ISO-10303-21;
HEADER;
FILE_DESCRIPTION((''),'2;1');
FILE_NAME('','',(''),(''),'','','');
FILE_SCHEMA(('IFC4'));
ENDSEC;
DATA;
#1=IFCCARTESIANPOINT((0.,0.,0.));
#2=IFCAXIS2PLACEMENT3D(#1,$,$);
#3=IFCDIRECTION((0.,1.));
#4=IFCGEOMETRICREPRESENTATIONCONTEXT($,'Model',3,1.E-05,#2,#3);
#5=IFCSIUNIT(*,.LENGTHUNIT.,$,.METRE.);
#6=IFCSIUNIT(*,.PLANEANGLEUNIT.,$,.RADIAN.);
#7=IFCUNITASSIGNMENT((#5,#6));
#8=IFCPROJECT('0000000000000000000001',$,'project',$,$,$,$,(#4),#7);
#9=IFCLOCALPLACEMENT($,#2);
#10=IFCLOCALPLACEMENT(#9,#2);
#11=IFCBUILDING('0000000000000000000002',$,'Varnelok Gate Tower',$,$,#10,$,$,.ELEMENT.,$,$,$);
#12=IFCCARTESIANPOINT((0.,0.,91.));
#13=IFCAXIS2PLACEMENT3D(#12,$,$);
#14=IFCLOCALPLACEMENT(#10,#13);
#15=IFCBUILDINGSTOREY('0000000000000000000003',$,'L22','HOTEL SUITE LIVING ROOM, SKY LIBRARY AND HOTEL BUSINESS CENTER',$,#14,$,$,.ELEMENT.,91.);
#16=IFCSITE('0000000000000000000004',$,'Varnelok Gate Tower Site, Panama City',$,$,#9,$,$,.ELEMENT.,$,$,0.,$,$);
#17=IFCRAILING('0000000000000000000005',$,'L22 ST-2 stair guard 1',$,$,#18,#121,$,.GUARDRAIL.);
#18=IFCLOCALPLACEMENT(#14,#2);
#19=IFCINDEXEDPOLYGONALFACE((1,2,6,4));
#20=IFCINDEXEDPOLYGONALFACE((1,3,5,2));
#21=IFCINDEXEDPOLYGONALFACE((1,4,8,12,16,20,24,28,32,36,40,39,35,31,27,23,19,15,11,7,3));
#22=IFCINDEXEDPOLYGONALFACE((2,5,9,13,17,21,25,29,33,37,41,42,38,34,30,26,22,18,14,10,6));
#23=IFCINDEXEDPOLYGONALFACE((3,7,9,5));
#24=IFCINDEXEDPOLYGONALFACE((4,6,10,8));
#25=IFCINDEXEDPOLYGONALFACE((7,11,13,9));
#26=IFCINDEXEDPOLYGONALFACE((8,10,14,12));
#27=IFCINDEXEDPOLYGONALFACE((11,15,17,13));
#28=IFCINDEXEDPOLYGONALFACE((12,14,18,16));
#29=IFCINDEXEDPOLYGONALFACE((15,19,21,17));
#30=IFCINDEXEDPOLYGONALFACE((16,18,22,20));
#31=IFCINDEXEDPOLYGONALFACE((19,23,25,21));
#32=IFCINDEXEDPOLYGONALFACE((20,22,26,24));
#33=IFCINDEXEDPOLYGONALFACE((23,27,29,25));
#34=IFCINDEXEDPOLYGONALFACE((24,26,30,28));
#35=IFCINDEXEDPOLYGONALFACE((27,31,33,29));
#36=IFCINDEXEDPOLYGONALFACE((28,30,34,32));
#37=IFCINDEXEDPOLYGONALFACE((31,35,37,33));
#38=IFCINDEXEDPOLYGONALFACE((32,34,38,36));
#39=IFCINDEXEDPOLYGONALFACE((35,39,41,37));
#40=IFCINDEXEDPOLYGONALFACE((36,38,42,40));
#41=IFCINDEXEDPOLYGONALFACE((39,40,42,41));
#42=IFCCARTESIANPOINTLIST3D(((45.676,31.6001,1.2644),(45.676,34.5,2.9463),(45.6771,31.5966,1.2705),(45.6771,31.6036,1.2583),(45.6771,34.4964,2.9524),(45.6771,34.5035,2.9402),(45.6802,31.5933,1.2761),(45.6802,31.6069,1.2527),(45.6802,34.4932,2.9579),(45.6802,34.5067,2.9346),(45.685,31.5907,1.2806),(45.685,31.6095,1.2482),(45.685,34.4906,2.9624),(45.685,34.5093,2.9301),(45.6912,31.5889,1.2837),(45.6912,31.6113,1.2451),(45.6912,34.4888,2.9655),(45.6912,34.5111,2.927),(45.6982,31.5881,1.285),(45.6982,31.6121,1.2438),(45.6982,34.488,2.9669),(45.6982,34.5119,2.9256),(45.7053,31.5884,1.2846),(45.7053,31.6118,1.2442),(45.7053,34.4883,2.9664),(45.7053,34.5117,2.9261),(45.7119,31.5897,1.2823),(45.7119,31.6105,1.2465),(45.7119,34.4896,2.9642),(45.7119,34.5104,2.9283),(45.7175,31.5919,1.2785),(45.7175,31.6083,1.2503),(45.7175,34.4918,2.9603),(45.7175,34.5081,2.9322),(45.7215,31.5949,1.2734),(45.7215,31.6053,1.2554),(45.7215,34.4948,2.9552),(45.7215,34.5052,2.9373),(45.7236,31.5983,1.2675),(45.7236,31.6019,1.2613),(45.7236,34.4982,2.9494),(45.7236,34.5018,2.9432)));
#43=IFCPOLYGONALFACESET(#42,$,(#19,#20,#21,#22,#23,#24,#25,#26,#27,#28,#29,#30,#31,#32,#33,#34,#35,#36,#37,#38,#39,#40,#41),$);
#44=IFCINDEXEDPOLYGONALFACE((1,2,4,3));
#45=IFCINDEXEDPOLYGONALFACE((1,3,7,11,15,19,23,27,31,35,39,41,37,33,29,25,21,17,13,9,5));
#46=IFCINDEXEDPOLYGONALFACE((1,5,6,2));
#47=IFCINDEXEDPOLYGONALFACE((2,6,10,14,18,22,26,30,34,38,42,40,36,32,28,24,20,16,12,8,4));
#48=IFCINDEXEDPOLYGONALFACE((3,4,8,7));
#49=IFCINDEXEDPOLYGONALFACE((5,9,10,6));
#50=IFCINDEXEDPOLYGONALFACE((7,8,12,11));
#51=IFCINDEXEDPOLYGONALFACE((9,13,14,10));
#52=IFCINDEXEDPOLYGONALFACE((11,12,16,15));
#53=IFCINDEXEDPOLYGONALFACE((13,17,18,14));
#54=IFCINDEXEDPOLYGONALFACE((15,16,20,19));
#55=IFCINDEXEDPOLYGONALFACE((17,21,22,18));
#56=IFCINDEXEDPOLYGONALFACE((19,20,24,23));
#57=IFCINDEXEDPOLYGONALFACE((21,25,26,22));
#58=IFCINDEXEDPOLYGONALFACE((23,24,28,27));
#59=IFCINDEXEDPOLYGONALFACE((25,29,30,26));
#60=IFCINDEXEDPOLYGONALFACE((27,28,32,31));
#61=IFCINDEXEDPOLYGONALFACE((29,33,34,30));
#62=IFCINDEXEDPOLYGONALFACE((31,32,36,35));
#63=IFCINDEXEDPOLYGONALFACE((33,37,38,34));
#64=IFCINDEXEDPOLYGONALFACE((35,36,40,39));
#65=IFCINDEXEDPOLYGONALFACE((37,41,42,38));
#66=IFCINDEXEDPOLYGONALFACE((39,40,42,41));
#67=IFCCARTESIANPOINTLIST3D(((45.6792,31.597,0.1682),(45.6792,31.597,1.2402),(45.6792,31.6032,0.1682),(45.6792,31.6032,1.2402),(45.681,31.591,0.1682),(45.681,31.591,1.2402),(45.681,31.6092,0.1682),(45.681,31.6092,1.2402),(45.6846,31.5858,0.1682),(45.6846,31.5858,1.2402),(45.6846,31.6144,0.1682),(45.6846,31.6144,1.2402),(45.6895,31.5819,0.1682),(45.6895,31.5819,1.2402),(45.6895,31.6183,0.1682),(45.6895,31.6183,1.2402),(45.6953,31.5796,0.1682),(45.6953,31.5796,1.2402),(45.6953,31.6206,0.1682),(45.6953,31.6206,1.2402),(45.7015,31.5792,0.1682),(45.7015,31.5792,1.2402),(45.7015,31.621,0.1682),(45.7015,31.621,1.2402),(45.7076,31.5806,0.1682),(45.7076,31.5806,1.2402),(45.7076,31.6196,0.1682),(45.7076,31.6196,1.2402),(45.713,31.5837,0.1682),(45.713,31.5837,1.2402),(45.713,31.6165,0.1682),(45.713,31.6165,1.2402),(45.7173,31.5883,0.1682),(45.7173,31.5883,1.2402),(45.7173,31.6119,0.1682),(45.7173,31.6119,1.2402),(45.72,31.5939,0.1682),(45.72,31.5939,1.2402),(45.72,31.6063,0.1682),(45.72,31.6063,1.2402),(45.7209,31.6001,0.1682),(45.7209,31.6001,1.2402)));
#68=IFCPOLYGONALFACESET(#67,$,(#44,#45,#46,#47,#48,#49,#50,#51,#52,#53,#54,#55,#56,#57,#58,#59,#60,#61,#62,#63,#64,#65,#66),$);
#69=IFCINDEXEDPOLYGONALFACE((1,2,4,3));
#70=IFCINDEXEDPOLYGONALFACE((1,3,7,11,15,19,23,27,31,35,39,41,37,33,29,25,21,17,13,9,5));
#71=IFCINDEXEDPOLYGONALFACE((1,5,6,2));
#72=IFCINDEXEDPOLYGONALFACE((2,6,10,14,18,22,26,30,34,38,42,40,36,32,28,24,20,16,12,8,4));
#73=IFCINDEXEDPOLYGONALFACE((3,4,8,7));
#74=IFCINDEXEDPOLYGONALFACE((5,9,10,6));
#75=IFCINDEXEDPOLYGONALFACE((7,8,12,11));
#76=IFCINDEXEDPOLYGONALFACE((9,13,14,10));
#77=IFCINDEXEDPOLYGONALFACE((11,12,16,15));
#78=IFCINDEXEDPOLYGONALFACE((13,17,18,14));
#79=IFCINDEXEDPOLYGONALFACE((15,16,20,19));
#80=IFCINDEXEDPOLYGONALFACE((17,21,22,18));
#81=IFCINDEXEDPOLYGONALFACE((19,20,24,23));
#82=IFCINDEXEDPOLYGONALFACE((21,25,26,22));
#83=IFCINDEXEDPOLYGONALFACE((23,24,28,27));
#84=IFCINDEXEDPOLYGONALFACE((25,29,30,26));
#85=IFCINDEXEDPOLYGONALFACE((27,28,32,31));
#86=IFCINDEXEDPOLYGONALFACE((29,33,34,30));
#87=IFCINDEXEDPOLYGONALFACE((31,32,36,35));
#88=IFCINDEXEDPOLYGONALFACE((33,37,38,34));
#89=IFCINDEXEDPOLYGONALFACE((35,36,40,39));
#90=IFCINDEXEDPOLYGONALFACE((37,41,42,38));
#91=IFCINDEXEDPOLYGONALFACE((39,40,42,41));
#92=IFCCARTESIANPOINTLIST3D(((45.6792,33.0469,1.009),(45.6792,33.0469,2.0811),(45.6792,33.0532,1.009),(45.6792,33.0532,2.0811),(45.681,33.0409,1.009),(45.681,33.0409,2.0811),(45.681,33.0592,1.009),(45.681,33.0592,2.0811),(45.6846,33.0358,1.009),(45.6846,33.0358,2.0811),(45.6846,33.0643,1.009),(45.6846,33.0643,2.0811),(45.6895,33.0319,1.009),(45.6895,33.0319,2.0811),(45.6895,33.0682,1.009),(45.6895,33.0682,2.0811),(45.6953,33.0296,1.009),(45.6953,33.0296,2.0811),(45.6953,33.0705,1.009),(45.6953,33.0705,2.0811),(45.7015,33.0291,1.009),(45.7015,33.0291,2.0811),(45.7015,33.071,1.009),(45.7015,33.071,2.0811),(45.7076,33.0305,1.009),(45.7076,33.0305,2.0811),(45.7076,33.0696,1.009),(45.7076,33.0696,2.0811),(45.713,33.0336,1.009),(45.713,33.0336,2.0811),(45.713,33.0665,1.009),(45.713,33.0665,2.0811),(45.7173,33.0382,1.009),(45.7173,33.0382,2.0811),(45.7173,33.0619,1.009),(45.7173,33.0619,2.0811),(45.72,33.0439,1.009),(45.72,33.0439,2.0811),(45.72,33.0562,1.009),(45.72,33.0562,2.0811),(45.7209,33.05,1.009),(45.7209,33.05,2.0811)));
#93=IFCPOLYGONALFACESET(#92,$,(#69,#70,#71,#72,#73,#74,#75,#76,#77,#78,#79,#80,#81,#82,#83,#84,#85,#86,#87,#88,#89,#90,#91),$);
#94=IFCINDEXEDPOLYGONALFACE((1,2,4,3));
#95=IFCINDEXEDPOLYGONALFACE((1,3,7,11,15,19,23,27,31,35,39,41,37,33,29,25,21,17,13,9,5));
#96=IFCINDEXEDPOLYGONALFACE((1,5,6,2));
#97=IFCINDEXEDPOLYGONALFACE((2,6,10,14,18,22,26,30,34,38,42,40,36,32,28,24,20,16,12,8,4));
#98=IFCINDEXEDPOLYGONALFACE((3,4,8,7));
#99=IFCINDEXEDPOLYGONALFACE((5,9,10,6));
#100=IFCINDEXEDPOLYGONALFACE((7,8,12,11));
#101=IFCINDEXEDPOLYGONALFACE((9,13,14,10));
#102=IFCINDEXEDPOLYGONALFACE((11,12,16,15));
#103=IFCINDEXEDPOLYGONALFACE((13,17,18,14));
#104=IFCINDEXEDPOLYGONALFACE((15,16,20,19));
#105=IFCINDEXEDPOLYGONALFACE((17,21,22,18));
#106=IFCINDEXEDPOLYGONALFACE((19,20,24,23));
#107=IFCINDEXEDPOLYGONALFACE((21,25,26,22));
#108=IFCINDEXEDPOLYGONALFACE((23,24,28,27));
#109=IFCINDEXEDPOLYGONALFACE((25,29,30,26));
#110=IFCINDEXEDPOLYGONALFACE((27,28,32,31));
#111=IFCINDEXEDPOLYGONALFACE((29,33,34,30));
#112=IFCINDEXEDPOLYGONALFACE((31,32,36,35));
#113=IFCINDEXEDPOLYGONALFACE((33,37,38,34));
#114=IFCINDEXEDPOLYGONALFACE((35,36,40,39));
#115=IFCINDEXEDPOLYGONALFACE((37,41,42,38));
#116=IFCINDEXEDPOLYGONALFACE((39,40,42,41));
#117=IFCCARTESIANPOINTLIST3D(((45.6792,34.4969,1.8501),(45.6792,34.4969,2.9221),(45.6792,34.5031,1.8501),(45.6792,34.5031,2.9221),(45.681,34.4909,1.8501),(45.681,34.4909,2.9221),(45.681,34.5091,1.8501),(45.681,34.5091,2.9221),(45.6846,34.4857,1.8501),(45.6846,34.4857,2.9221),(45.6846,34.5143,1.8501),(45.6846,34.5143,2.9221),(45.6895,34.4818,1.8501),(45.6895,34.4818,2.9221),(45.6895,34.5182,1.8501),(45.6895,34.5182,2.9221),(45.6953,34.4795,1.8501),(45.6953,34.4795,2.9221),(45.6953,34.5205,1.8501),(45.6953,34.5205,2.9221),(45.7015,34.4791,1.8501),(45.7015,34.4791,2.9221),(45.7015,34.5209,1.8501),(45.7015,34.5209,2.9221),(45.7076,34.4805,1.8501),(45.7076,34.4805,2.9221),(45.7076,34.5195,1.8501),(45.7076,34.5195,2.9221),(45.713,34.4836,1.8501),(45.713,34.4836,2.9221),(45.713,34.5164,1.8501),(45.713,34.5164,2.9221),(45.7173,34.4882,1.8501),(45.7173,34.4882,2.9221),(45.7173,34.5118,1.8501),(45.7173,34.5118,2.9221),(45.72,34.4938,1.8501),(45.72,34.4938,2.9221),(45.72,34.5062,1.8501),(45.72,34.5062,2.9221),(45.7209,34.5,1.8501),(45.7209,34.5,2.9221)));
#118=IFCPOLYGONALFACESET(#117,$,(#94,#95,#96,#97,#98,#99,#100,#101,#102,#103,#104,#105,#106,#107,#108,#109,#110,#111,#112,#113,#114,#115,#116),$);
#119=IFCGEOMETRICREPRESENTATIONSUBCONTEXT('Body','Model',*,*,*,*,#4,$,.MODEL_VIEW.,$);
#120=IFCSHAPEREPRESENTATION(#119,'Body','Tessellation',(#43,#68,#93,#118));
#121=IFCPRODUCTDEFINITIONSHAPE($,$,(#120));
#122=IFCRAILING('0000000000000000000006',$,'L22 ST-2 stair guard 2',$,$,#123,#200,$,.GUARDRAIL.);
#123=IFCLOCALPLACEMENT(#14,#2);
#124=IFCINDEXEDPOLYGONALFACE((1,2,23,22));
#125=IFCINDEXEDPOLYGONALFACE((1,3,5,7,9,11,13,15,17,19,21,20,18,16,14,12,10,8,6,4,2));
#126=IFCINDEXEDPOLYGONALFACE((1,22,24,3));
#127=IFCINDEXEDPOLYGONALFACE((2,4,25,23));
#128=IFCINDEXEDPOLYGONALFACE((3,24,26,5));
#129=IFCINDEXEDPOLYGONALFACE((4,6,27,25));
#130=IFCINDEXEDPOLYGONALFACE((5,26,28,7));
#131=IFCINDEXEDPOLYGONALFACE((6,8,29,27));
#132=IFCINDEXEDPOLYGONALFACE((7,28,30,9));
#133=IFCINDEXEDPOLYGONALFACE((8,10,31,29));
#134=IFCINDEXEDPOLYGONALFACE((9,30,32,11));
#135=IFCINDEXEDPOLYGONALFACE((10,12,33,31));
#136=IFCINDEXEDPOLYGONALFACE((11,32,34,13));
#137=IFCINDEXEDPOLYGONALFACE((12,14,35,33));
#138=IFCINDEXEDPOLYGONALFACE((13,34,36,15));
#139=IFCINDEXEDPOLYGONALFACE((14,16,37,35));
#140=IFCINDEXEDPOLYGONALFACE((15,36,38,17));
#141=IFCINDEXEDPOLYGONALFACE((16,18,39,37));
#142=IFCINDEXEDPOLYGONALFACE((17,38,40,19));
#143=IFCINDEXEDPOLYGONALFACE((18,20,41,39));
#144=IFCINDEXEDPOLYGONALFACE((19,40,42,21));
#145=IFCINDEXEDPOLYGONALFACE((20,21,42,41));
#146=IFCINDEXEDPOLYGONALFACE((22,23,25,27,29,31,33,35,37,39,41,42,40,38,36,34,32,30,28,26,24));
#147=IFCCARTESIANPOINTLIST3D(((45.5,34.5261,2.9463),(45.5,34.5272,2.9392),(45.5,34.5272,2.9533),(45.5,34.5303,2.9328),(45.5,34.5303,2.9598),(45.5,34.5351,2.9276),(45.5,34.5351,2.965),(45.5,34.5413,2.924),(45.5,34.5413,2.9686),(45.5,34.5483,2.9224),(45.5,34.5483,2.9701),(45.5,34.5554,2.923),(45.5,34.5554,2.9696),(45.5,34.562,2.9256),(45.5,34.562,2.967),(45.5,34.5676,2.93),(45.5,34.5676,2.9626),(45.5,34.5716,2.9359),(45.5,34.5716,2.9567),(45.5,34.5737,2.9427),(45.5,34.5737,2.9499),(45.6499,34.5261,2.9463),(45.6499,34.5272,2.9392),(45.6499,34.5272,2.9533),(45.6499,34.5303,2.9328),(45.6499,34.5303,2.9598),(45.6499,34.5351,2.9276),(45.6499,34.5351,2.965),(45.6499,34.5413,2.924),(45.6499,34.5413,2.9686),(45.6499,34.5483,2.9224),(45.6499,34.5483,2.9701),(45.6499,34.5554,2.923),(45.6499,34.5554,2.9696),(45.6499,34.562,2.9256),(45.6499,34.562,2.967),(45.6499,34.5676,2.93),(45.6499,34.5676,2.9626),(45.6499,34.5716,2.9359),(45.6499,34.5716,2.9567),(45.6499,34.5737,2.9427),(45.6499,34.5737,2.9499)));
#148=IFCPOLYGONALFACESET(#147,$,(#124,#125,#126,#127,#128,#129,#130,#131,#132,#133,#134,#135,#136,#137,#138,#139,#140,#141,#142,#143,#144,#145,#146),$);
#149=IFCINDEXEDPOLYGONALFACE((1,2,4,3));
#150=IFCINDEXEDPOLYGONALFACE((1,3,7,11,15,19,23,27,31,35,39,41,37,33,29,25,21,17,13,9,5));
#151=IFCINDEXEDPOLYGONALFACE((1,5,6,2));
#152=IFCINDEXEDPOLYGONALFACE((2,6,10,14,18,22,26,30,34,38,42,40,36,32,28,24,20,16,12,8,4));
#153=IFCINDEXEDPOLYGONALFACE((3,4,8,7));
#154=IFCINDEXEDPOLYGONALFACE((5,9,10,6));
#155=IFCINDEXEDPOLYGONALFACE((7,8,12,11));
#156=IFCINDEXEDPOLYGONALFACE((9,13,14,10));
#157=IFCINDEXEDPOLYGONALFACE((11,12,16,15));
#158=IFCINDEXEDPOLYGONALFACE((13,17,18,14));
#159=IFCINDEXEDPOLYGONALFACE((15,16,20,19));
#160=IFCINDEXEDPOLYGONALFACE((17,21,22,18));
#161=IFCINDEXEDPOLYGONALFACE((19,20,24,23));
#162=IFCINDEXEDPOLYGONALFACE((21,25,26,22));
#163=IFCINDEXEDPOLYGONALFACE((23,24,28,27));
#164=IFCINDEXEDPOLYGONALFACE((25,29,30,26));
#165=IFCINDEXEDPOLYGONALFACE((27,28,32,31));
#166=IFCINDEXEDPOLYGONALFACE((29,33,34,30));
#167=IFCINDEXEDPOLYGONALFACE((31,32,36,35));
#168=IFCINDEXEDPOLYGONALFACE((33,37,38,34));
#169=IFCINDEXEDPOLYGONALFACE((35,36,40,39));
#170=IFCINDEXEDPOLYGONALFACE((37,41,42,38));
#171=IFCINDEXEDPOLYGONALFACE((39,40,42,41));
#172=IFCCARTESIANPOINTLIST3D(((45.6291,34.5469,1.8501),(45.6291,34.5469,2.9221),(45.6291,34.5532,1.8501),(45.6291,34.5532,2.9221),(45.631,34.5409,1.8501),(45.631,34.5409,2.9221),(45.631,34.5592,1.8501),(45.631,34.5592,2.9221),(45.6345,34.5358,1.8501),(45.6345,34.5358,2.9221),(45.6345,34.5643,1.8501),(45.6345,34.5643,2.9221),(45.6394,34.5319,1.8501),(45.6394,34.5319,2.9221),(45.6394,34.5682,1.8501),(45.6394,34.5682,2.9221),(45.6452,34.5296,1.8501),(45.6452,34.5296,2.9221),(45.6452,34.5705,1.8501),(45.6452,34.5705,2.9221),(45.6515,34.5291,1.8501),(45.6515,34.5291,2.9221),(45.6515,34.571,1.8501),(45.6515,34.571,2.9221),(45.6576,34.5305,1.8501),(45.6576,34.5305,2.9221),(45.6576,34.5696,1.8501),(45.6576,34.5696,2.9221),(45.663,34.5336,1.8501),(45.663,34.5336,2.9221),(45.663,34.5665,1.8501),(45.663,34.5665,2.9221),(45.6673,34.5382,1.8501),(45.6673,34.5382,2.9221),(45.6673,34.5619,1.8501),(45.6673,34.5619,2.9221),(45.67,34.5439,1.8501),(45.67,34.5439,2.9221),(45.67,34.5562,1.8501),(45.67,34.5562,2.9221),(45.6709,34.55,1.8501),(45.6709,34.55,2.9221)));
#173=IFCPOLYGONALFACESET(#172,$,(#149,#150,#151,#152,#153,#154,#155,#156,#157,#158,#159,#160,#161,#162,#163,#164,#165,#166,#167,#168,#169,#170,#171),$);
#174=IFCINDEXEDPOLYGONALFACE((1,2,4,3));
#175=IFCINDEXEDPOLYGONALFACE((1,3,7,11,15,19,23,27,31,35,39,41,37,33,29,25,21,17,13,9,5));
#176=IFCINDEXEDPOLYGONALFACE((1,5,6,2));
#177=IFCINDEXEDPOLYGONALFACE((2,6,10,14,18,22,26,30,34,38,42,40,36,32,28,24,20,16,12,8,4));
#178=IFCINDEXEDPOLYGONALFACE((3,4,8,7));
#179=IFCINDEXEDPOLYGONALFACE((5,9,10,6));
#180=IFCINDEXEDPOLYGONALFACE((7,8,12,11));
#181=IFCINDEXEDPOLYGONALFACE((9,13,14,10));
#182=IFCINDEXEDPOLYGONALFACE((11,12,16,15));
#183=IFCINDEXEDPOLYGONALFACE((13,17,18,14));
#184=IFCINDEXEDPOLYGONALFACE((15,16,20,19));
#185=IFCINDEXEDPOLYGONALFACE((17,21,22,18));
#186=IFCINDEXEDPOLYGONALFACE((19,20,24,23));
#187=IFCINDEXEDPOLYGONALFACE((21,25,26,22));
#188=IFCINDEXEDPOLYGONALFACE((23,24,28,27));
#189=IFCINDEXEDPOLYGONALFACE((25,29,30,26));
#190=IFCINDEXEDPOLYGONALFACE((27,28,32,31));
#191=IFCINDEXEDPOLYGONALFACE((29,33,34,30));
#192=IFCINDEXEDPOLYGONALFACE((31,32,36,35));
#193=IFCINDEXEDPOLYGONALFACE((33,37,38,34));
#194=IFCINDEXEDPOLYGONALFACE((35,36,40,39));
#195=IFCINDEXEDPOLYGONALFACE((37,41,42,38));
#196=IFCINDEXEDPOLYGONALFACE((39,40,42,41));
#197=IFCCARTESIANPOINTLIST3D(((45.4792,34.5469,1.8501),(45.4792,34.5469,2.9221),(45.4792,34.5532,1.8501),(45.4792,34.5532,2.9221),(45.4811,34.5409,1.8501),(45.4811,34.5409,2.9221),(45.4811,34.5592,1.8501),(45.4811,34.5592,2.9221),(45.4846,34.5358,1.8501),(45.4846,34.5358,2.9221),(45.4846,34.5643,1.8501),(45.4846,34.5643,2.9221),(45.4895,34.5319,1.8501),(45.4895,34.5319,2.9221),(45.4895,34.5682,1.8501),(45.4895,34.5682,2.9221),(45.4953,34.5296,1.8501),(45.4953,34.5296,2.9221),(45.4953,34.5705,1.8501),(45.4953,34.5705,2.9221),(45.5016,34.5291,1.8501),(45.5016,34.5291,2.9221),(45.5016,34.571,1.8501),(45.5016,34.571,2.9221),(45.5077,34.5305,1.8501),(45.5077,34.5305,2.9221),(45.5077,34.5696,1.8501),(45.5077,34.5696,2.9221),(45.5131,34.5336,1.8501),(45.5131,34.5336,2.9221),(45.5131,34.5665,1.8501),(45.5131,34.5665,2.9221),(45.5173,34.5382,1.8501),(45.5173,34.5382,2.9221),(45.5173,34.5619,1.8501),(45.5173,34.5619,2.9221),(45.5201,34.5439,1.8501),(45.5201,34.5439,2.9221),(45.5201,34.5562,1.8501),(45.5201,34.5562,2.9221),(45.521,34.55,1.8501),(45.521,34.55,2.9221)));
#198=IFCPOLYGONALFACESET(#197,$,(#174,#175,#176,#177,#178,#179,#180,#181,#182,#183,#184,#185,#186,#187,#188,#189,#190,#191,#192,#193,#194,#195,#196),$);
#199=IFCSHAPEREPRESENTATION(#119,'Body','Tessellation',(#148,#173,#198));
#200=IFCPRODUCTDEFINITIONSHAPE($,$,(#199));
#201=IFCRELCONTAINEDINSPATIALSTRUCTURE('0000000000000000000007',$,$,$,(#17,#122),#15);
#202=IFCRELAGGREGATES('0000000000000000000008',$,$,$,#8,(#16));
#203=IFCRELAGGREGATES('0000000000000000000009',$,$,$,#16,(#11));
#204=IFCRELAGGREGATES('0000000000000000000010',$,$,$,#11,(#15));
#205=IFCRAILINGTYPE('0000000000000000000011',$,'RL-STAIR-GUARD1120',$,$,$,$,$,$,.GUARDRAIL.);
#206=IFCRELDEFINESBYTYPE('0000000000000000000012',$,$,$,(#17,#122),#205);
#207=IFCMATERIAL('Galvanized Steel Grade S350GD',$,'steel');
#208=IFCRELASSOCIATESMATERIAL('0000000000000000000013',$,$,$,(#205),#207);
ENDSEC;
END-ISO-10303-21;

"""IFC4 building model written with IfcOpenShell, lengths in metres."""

from ifc_helpers import new_model, si_unit, direction, frame, origin, origin_2d, place, context, subcontext, project, spatial, circle, extrude, material, type_object, element, save


model = new_model("IFC4")

# Units and contexts
model_context = context("Model", 3, precision=1e-05, world=origin(), true_north=direction((0.0, 1.0)))
body_context = subcontext(model_context, "Body", "Model", "MODEL_VIEW")
ifc_project = project(units=[si_unit("LENGTHUNIT", "METRE"), si_unit("PLANEANGLEUNIT", "RADIAN")], contexts=[model_context])

# Site, building, storey
site_placement = place(None, origin())
site = spatial("IfcSite", under=ifc_project, at=site_placement, Name="Varnelok Gate Tower Site, Panama City", CompositionType="ELEMENT", RefElevation=0.0)
building_placement = place(site_placement, origin())
building = spatial("IfcBuilding", under=site, at=building_placement, Name="Varnelok Gate Tower", CompositionType="ELEMENT")
storey_placement = place(building_placement, frame((0.0, 0.0, 91.0)))
storey = spatial("IfcBuildingStorey", under=building, at=storey_placement, Name="L22", Description="HOTEL SUITE LIVING ROOM, SKY LIBRARY AND HOTEL BUSINESS CENTER", CompositionType="ELEMENT", Elevation=91.0)

# Shared definitions
ifc_material_1 = material(Name="Galvanized Steel Grade S350GD", Category="steel")

# Railings
railing_type_1 = type_object("IfcRailingType", Name="RL-STAIR-GUARD1120", PredefinedType="GUARDRAIL", material=ifc_material_1)
railing_1_placement = place(storey_placement, frame((45.7, 31.6001, 0.1682)))
element("IfcRailing", 1, at=railing_1_placement, inside=storey, type_object=railing_type_1, Name="L22 ST-2 stair guard 1", PredefinedType="GUARDRAIL", context=body_context, shape_type="SweptSolid", body=[
    extrude(circle(Radius=0.0239, at=origin_2d()), frame((0.0, 0.0, 1.0962), z_axis=(0.0, 0.865039, 0.501705), x_axis=(-1.0, 0.0, 0.0)), (0.0, 0.0, 1.0), 3.3523),
    extrude(circle(Radius=0.021, at=origin_2d()), origin(), (0.0, 0.0, 1.0), 1.072),
    extrude(circle(Radius=0.021, at=origin_2d()), frame((0.0, 1.45, 0.8408)), (0.0, 0.0, 1.0), 1.072),
    extrude(circle(Radius=0.021, at=origin_2d()), frame((0.0, 2.8999, 1.6819)), (0.0, 0.0, 1.0), 1.072),
])
railing_2_placement = place(storey_placement, frame((45.6499, 34.55, 1.8501)))
element("IfcRailing", 2, at=railing_2_placement, inside=storey, type_object=railing_type_1, Name="L22 ST-2 stair guard 2", PredefinedType="GUARDRAIL", context=body_context, shape_type="SweptSolid", body=[
    extrude(circle(Radius=0.0239, at=origin_2d()), frame((0.0, 0.0, 1.0962), z_axis=(-1.0, 0.0, 0.0), x_axis=(0.0, -1.0, 0.0)), (0.0, 0.0, 1.0), 0.1499),
    extrude(circle(Radius=0.021, at=origin_2d()), origin(), (0.0, 0.0, 1.0), 1.072),
    extrude(circle(Radius=0.021, at=origin_2d()), frame((-0.1499, 0.0, 0.0)), (0.0, 0.0, 1.0), 1.072),
])

save(model, "model.ifc")
